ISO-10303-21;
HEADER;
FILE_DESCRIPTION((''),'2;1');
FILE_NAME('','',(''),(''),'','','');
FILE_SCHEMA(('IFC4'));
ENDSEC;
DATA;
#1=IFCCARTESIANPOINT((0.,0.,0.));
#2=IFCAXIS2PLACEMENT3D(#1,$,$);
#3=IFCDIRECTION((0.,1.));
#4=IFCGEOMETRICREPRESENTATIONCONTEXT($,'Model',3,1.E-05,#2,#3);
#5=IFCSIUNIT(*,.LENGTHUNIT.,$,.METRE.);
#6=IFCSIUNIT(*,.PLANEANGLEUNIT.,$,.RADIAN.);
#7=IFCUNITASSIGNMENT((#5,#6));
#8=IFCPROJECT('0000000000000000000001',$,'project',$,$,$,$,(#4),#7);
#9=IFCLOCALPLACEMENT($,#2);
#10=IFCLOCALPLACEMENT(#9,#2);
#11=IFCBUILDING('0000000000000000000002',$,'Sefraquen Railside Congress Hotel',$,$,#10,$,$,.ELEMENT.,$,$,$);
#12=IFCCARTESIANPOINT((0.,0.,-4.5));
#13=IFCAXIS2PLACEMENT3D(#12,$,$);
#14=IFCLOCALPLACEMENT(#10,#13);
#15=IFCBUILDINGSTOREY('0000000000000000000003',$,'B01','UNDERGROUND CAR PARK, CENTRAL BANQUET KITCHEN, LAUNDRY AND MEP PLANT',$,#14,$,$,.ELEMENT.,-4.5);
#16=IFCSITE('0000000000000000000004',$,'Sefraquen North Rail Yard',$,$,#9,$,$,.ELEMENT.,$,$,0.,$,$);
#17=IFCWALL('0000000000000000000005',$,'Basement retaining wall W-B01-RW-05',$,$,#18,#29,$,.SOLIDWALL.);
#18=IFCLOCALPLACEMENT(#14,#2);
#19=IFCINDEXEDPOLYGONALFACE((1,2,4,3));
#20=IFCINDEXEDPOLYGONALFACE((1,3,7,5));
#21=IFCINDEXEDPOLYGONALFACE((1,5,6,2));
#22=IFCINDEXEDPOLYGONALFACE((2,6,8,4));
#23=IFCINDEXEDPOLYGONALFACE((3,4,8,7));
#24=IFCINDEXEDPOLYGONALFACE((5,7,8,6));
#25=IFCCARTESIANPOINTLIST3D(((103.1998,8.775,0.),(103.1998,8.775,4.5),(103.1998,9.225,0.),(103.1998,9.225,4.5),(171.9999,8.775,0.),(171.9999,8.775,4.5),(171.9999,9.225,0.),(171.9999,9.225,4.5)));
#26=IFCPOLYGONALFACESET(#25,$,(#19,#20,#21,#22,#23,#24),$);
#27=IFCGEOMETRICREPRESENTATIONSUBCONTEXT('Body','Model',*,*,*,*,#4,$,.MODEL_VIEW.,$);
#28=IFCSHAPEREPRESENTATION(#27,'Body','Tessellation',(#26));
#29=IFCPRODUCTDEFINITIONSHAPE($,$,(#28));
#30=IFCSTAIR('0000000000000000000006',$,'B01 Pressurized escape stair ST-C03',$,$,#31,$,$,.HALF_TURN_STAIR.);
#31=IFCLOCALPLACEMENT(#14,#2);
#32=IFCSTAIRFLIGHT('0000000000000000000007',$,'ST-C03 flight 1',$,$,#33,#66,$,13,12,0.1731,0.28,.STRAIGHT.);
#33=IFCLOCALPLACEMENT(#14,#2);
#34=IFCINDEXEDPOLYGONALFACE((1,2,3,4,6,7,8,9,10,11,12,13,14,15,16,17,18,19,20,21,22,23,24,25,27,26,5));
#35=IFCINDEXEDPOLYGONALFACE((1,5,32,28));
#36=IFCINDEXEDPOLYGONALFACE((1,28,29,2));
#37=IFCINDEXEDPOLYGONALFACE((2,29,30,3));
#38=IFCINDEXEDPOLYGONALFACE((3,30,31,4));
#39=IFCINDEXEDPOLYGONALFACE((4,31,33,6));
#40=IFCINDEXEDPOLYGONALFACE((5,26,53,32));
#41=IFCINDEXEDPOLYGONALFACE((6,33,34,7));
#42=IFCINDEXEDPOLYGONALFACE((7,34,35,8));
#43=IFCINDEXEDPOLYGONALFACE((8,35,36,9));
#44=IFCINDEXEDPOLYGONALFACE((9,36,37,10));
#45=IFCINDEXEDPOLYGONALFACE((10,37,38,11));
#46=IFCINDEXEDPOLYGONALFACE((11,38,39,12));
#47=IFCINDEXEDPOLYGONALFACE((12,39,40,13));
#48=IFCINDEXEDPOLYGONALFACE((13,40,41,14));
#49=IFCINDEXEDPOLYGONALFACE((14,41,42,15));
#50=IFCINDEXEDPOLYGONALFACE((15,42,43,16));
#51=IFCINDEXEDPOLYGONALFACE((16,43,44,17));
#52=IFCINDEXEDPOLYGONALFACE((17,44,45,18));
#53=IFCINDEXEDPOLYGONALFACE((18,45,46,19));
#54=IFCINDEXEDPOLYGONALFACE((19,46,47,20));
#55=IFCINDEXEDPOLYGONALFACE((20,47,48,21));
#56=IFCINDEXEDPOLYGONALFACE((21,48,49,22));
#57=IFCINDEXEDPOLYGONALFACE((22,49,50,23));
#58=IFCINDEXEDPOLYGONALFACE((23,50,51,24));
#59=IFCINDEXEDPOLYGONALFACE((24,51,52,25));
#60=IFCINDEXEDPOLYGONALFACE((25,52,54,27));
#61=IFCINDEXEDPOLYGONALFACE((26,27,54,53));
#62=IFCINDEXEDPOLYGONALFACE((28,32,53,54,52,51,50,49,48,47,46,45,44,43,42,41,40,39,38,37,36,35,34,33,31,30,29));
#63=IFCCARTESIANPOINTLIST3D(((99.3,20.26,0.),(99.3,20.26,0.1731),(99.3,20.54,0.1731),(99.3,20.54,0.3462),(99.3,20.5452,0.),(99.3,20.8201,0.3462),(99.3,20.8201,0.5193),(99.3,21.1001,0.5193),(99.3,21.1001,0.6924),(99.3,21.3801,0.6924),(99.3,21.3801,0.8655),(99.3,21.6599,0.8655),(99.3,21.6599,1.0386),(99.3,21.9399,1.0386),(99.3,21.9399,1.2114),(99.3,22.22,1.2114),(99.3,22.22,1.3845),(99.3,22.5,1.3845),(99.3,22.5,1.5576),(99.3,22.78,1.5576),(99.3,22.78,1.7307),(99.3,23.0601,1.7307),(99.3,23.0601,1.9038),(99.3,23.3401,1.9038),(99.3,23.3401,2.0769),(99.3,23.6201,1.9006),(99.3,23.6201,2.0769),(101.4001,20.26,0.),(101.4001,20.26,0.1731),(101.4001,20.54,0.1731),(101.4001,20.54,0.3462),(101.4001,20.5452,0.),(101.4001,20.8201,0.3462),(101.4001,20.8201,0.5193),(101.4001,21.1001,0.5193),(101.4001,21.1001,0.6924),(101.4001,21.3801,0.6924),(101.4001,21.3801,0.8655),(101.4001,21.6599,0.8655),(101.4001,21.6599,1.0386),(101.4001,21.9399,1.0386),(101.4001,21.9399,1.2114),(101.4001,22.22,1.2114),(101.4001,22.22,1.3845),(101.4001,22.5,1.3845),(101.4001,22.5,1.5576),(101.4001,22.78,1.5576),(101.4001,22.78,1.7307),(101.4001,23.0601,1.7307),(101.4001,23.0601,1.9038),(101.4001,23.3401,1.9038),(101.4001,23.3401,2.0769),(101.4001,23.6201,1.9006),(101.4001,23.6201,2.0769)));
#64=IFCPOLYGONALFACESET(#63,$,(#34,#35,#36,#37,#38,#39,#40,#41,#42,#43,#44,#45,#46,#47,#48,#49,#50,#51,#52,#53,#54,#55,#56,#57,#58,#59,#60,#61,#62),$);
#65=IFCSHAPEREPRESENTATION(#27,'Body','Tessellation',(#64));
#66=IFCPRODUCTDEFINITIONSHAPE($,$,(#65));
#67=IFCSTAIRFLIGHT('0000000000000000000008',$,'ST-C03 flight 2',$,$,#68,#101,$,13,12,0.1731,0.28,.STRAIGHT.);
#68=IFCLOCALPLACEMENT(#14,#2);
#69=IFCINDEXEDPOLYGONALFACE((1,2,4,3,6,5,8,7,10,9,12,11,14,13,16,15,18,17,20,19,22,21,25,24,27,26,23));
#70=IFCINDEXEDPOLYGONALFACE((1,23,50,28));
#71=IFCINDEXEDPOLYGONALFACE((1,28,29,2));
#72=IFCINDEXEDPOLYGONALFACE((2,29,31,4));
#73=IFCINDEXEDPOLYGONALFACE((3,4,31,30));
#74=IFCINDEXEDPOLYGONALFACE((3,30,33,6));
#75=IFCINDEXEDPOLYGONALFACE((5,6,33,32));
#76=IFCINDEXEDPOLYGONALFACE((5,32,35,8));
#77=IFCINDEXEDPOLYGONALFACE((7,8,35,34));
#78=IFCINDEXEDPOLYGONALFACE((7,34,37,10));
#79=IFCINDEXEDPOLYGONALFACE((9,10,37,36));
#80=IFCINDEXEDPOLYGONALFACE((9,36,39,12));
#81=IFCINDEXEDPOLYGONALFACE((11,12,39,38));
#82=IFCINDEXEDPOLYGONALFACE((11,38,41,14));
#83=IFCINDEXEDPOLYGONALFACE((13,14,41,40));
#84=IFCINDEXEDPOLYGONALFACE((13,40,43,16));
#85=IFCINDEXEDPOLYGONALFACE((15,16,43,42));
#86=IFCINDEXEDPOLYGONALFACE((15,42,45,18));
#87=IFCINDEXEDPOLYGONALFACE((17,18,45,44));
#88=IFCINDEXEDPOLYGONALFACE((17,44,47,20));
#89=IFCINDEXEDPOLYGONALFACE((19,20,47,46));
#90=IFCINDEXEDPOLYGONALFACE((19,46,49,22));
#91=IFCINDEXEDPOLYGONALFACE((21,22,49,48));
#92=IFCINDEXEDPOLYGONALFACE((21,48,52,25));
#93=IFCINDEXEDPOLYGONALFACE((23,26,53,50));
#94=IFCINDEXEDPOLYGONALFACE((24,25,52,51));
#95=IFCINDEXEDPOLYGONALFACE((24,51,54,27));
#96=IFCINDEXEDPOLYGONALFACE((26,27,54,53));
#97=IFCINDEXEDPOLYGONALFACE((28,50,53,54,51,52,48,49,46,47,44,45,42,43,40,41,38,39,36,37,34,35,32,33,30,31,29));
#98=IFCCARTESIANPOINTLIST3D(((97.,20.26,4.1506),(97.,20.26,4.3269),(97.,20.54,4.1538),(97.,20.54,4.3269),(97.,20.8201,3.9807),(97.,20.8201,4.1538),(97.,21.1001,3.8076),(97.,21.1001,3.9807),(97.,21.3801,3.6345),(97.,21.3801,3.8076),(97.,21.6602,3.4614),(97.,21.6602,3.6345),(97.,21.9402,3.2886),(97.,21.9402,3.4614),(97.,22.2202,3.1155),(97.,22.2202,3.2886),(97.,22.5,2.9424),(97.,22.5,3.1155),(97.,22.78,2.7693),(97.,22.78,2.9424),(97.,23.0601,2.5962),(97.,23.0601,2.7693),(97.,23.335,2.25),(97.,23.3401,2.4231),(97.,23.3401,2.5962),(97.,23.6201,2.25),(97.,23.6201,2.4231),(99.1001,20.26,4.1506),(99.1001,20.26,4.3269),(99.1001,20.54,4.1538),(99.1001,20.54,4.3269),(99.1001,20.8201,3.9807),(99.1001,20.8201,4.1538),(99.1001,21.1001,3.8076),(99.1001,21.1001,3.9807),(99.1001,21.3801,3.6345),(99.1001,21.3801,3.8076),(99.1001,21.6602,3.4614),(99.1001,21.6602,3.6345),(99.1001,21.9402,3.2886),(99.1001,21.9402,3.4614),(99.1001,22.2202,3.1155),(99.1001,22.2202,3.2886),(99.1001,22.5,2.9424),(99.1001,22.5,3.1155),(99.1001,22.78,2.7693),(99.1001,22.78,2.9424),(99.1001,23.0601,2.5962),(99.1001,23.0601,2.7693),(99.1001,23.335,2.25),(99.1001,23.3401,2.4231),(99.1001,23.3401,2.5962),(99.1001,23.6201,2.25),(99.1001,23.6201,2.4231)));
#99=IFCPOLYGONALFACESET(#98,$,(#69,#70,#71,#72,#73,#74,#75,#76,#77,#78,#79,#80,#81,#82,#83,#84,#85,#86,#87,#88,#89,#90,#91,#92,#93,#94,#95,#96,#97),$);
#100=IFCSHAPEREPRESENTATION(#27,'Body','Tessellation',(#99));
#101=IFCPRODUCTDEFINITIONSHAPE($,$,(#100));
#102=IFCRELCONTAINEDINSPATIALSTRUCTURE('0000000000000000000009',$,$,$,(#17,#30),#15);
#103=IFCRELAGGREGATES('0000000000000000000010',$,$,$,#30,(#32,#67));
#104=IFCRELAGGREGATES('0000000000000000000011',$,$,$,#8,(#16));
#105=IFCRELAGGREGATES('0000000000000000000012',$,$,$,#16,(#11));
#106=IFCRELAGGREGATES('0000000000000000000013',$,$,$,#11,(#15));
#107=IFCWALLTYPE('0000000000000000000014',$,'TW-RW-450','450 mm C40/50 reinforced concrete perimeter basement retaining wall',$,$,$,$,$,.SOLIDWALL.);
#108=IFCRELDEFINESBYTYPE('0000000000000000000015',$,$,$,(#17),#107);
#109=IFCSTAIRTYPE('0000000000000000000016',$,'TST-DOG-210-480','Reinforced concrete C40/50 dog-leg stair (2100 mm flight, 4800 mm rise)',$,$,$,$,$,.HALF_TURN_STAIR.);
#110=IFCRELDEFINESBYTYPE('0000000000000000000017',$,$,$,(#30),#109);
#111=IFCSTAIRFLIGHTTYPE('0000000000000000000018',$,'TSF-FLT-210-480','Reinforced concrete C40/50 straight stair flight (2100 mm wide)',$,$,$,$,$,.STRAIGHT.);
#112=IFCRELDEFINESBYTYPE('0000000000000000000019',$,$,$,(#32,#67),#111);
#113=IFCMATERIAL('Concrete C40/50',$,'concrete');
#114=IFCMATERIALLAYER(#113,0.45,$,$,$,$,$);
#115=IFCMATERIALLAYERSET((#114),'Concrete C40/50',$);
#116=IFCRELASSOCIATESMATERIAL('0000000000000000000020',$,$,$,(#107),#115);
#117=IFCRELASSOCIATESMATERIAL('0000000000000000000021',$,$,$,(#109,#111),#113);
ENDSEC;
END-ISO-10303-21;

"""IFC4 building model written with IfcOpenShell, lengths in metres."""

from ifc_helpers import new_model, si_unit, direction, frame, frame_2d, origin, place, context, subcontext, project, spatial, polyline, rectangle, outline, extrude, material, layer, layer_set, type_object, element, aggregate, save


model = new_model("IFC4")

# Units and contexts
model_context = context("Model", 3, precision=1e-05, world=origin(), true_north=direction((0.0, 1.0)))
body_context = subcontext(model_context, "Body", "Model", "MODEL_VIEW")
ifc_project = project(units=[si_unit("LENGTHUNIT", "METRE"), si_unit("PLANEANGLEUNIT", "RADIAN")], contexts=[model_context])

# Site, building, storey
site_placement = place(None, origin())
site = spatial("IfcSite", under=ifc_project, at=site_placement, Name="Sefraquen North Rail Yard", CompositionType="ELEMENT", RefElevation=0.0)
building_placement = place(site_placement, origin())
building = spatial("IfcBuilding", under=site, at=building_placement, Name="Sefraquen Railside Congress Hotel", CompositionType="ELEMENT")
storey_placement = place(building_placement, frame((0.0, 0.0, -4.5)))
storey = spatial("IfcBuildingStorey", under=building, at=storey_placement, Name="B01", Description="UNDERGROUND CAR PARK, CENTRAL BANQUET KITCHEN, LAUNDRY AND MEP PLANT", CompositionType="ELEMENT", Elevation=-4.5)

# Shared definitions
ifc_material_1 = material(Name="Concrete C40/50", Category="concrete")

# Wall
ifc_layer_1 = layer(ifc_material_1, 0.45)
ifc_layer_set_1 = layer_set([ifc_layer_1], Name="Concrete C40/50")
wall_type_1 = type_object("IfcWallType", Name="TW-RW-450", Description="450 mm C40/50 reinforced concrete perimeter basement retaining wall", PredefinedType="SOLIDWALL", material=ifc_layer_set_1)
wall_1_placement = place(storey_placement, frame((103.2, 9.0, 0.0), z_axis=(0.0, 0.0, 1.0), x_axis=(1.0, 0.0, 0.0)))
element("IfcWall", 1, at=wall_1_placement, inside=storey, type_object=wall_type_1, Name="Basement retaining wall W-B01-RW-05", PredefinedType="SOLIDWALL", context=body_context, shape_type="SweptSolid", body=[
    extrude(rectangle(XDim=68.8, YDim=0.45, at=frame_2d((34.3999, 0.0))), origin(), (0.0, 0.0, 1.0), 4.5),
])

# Stair, stair flights
stair_type = type_object("IfcStairType", Name="TST-DOG-210-480", Description="Reinforced concrete C40/50 dog-leg stair (2100 mm flight, 4800 mm rise)", PredefinedType="HALF_TURN_STAIR", material=ifc_material_1)
stair_placement = place(storey_placement, origin())
stair = element("IfcStair", 2, at=stair_placement, inside=storey, type_object=stair_type, Name="B01 Pressurized escape stair ST-C03", PredefinedType="HALF_TURN_STAIR")
stair_flight_type = type_object("IfcStairFlightType", Name="TSF-FLT-210-480", Description="Reinforced concrete C40/50 straight stair flight (2100 mm wide)", PredefinedType="STRAIGHT", material=ifc_material_1)
stair_flight_1_placement = place(storey_placement, frame((100.3501, 20.26, 0.0), z_axis=(0.0, 0.0, 1.0), x_axis=(0.0, 1.0, 0.0)))
stair_flight_1 = element("IfcStairFlight", 3, at=stair_flight_1_placement, type_object=stair_flight_type, Name="ST-C03 flight 1", NumberOfRisers=13, NumberOfTreads=12, PredefinedType="STRAIGHT", RiserHeight=0.1731, TreadLength=0.28, context=body_context, shape_type="SweptSolid", body=[
    extrude(outline(polyline([(0.0, 0.0), (0.0, 0.1731), (0.28, 0.1731), (0.28, 0.3462), (0.5601, 0.3462), (0.5601, 0.5193), (0.8401, 0.5193), (0.8401, 0.6924), (1.1201, 0.6924), (1.1201, 0.8655), (1.3999, 0.8655), (1.3999, 1.0386), (1.6799, 1.0386), (1.6799, 1.2114), (1.96, 1.2114), (1.96, 1.3845), (2.24, 1.3845), (2.24, 1.5576), (2.52, 1.5576), (2.52, 1.7307), (2.8, 1.7307), (2.8, 1.9038), (3.0801, 1.9038), (3.0801, 2.0769), (3.3601, 2.0769), (3.3601, 2.25), (3.3601, 1.9006), (0.2852, 0.0), (0.0, 0.0)])), frame((0.0, 1.05, 0.0), z_axis=(0.0, -1.0, 0.0), x_axis=(1.0, 0.0, 0.0)), (0.0, 0.0, 1.0), 2.1001),
])
stair_flight_2_placement = place(storey_placement, frame((98.05, 23.6201, 2.25), z_axis=(0.0, 0.0, 1.0), x_axis=(0.0, -1.0, 0.0)))
stair_flight_2 = element("IfcStairFlight", 4, at=stair_flight_2_placement, type_object=stair_flight_type, Name="ST-C03 flight 2", NumberOfRisers=13, NumberOfTreads=12, PredefinedType="STRAIGHT", RiserHeight=0.1731, TreadLength=0.28, context=body_context, shape_type="SweptSolid", body=[
    extrude(outline(polyline([(0.0, 0.0), (0.0, 0.1731), (0.28, 0.1731), (0.28, 0.3462), (0.5601, 0.3462), (0.5601, 0.5193), (0.8401, 0.5193), (0.8401, 0.6924), (1.1201, 0.6924), (1.1201, 0.8655), (1.3999, 0.8655), (1.3999, 1.0386), (1.6799, 1.0386), (1.6799, 1.2114), (1.96, 1.2114), (1.96, 1.3845), (2.24, 1.3845), (2.24, 1.5576), (2.52, 1.5576), (2.52, 1.7307), (2.8, 1.7307), (2.8, 1.9038), (3.0801, 1.9038), (3.0801, 2.0769), (3.3601, 2.0769), (3.3601, 2.25), (3.3601, 1.9006), (0.2852, 0.0), (0.0, 0.0)])), frame((0.0, 1.05, 0.0), z_axis=(0.0, -1.0, 0.0), x_axis=(1.0, 0.0, 0.0)), (0.0, 0.0, 1.0), 2.1001),
])
aggregate(stair, [stair_flight_1, stair_flight_2])

save(model, "model.ifc")
